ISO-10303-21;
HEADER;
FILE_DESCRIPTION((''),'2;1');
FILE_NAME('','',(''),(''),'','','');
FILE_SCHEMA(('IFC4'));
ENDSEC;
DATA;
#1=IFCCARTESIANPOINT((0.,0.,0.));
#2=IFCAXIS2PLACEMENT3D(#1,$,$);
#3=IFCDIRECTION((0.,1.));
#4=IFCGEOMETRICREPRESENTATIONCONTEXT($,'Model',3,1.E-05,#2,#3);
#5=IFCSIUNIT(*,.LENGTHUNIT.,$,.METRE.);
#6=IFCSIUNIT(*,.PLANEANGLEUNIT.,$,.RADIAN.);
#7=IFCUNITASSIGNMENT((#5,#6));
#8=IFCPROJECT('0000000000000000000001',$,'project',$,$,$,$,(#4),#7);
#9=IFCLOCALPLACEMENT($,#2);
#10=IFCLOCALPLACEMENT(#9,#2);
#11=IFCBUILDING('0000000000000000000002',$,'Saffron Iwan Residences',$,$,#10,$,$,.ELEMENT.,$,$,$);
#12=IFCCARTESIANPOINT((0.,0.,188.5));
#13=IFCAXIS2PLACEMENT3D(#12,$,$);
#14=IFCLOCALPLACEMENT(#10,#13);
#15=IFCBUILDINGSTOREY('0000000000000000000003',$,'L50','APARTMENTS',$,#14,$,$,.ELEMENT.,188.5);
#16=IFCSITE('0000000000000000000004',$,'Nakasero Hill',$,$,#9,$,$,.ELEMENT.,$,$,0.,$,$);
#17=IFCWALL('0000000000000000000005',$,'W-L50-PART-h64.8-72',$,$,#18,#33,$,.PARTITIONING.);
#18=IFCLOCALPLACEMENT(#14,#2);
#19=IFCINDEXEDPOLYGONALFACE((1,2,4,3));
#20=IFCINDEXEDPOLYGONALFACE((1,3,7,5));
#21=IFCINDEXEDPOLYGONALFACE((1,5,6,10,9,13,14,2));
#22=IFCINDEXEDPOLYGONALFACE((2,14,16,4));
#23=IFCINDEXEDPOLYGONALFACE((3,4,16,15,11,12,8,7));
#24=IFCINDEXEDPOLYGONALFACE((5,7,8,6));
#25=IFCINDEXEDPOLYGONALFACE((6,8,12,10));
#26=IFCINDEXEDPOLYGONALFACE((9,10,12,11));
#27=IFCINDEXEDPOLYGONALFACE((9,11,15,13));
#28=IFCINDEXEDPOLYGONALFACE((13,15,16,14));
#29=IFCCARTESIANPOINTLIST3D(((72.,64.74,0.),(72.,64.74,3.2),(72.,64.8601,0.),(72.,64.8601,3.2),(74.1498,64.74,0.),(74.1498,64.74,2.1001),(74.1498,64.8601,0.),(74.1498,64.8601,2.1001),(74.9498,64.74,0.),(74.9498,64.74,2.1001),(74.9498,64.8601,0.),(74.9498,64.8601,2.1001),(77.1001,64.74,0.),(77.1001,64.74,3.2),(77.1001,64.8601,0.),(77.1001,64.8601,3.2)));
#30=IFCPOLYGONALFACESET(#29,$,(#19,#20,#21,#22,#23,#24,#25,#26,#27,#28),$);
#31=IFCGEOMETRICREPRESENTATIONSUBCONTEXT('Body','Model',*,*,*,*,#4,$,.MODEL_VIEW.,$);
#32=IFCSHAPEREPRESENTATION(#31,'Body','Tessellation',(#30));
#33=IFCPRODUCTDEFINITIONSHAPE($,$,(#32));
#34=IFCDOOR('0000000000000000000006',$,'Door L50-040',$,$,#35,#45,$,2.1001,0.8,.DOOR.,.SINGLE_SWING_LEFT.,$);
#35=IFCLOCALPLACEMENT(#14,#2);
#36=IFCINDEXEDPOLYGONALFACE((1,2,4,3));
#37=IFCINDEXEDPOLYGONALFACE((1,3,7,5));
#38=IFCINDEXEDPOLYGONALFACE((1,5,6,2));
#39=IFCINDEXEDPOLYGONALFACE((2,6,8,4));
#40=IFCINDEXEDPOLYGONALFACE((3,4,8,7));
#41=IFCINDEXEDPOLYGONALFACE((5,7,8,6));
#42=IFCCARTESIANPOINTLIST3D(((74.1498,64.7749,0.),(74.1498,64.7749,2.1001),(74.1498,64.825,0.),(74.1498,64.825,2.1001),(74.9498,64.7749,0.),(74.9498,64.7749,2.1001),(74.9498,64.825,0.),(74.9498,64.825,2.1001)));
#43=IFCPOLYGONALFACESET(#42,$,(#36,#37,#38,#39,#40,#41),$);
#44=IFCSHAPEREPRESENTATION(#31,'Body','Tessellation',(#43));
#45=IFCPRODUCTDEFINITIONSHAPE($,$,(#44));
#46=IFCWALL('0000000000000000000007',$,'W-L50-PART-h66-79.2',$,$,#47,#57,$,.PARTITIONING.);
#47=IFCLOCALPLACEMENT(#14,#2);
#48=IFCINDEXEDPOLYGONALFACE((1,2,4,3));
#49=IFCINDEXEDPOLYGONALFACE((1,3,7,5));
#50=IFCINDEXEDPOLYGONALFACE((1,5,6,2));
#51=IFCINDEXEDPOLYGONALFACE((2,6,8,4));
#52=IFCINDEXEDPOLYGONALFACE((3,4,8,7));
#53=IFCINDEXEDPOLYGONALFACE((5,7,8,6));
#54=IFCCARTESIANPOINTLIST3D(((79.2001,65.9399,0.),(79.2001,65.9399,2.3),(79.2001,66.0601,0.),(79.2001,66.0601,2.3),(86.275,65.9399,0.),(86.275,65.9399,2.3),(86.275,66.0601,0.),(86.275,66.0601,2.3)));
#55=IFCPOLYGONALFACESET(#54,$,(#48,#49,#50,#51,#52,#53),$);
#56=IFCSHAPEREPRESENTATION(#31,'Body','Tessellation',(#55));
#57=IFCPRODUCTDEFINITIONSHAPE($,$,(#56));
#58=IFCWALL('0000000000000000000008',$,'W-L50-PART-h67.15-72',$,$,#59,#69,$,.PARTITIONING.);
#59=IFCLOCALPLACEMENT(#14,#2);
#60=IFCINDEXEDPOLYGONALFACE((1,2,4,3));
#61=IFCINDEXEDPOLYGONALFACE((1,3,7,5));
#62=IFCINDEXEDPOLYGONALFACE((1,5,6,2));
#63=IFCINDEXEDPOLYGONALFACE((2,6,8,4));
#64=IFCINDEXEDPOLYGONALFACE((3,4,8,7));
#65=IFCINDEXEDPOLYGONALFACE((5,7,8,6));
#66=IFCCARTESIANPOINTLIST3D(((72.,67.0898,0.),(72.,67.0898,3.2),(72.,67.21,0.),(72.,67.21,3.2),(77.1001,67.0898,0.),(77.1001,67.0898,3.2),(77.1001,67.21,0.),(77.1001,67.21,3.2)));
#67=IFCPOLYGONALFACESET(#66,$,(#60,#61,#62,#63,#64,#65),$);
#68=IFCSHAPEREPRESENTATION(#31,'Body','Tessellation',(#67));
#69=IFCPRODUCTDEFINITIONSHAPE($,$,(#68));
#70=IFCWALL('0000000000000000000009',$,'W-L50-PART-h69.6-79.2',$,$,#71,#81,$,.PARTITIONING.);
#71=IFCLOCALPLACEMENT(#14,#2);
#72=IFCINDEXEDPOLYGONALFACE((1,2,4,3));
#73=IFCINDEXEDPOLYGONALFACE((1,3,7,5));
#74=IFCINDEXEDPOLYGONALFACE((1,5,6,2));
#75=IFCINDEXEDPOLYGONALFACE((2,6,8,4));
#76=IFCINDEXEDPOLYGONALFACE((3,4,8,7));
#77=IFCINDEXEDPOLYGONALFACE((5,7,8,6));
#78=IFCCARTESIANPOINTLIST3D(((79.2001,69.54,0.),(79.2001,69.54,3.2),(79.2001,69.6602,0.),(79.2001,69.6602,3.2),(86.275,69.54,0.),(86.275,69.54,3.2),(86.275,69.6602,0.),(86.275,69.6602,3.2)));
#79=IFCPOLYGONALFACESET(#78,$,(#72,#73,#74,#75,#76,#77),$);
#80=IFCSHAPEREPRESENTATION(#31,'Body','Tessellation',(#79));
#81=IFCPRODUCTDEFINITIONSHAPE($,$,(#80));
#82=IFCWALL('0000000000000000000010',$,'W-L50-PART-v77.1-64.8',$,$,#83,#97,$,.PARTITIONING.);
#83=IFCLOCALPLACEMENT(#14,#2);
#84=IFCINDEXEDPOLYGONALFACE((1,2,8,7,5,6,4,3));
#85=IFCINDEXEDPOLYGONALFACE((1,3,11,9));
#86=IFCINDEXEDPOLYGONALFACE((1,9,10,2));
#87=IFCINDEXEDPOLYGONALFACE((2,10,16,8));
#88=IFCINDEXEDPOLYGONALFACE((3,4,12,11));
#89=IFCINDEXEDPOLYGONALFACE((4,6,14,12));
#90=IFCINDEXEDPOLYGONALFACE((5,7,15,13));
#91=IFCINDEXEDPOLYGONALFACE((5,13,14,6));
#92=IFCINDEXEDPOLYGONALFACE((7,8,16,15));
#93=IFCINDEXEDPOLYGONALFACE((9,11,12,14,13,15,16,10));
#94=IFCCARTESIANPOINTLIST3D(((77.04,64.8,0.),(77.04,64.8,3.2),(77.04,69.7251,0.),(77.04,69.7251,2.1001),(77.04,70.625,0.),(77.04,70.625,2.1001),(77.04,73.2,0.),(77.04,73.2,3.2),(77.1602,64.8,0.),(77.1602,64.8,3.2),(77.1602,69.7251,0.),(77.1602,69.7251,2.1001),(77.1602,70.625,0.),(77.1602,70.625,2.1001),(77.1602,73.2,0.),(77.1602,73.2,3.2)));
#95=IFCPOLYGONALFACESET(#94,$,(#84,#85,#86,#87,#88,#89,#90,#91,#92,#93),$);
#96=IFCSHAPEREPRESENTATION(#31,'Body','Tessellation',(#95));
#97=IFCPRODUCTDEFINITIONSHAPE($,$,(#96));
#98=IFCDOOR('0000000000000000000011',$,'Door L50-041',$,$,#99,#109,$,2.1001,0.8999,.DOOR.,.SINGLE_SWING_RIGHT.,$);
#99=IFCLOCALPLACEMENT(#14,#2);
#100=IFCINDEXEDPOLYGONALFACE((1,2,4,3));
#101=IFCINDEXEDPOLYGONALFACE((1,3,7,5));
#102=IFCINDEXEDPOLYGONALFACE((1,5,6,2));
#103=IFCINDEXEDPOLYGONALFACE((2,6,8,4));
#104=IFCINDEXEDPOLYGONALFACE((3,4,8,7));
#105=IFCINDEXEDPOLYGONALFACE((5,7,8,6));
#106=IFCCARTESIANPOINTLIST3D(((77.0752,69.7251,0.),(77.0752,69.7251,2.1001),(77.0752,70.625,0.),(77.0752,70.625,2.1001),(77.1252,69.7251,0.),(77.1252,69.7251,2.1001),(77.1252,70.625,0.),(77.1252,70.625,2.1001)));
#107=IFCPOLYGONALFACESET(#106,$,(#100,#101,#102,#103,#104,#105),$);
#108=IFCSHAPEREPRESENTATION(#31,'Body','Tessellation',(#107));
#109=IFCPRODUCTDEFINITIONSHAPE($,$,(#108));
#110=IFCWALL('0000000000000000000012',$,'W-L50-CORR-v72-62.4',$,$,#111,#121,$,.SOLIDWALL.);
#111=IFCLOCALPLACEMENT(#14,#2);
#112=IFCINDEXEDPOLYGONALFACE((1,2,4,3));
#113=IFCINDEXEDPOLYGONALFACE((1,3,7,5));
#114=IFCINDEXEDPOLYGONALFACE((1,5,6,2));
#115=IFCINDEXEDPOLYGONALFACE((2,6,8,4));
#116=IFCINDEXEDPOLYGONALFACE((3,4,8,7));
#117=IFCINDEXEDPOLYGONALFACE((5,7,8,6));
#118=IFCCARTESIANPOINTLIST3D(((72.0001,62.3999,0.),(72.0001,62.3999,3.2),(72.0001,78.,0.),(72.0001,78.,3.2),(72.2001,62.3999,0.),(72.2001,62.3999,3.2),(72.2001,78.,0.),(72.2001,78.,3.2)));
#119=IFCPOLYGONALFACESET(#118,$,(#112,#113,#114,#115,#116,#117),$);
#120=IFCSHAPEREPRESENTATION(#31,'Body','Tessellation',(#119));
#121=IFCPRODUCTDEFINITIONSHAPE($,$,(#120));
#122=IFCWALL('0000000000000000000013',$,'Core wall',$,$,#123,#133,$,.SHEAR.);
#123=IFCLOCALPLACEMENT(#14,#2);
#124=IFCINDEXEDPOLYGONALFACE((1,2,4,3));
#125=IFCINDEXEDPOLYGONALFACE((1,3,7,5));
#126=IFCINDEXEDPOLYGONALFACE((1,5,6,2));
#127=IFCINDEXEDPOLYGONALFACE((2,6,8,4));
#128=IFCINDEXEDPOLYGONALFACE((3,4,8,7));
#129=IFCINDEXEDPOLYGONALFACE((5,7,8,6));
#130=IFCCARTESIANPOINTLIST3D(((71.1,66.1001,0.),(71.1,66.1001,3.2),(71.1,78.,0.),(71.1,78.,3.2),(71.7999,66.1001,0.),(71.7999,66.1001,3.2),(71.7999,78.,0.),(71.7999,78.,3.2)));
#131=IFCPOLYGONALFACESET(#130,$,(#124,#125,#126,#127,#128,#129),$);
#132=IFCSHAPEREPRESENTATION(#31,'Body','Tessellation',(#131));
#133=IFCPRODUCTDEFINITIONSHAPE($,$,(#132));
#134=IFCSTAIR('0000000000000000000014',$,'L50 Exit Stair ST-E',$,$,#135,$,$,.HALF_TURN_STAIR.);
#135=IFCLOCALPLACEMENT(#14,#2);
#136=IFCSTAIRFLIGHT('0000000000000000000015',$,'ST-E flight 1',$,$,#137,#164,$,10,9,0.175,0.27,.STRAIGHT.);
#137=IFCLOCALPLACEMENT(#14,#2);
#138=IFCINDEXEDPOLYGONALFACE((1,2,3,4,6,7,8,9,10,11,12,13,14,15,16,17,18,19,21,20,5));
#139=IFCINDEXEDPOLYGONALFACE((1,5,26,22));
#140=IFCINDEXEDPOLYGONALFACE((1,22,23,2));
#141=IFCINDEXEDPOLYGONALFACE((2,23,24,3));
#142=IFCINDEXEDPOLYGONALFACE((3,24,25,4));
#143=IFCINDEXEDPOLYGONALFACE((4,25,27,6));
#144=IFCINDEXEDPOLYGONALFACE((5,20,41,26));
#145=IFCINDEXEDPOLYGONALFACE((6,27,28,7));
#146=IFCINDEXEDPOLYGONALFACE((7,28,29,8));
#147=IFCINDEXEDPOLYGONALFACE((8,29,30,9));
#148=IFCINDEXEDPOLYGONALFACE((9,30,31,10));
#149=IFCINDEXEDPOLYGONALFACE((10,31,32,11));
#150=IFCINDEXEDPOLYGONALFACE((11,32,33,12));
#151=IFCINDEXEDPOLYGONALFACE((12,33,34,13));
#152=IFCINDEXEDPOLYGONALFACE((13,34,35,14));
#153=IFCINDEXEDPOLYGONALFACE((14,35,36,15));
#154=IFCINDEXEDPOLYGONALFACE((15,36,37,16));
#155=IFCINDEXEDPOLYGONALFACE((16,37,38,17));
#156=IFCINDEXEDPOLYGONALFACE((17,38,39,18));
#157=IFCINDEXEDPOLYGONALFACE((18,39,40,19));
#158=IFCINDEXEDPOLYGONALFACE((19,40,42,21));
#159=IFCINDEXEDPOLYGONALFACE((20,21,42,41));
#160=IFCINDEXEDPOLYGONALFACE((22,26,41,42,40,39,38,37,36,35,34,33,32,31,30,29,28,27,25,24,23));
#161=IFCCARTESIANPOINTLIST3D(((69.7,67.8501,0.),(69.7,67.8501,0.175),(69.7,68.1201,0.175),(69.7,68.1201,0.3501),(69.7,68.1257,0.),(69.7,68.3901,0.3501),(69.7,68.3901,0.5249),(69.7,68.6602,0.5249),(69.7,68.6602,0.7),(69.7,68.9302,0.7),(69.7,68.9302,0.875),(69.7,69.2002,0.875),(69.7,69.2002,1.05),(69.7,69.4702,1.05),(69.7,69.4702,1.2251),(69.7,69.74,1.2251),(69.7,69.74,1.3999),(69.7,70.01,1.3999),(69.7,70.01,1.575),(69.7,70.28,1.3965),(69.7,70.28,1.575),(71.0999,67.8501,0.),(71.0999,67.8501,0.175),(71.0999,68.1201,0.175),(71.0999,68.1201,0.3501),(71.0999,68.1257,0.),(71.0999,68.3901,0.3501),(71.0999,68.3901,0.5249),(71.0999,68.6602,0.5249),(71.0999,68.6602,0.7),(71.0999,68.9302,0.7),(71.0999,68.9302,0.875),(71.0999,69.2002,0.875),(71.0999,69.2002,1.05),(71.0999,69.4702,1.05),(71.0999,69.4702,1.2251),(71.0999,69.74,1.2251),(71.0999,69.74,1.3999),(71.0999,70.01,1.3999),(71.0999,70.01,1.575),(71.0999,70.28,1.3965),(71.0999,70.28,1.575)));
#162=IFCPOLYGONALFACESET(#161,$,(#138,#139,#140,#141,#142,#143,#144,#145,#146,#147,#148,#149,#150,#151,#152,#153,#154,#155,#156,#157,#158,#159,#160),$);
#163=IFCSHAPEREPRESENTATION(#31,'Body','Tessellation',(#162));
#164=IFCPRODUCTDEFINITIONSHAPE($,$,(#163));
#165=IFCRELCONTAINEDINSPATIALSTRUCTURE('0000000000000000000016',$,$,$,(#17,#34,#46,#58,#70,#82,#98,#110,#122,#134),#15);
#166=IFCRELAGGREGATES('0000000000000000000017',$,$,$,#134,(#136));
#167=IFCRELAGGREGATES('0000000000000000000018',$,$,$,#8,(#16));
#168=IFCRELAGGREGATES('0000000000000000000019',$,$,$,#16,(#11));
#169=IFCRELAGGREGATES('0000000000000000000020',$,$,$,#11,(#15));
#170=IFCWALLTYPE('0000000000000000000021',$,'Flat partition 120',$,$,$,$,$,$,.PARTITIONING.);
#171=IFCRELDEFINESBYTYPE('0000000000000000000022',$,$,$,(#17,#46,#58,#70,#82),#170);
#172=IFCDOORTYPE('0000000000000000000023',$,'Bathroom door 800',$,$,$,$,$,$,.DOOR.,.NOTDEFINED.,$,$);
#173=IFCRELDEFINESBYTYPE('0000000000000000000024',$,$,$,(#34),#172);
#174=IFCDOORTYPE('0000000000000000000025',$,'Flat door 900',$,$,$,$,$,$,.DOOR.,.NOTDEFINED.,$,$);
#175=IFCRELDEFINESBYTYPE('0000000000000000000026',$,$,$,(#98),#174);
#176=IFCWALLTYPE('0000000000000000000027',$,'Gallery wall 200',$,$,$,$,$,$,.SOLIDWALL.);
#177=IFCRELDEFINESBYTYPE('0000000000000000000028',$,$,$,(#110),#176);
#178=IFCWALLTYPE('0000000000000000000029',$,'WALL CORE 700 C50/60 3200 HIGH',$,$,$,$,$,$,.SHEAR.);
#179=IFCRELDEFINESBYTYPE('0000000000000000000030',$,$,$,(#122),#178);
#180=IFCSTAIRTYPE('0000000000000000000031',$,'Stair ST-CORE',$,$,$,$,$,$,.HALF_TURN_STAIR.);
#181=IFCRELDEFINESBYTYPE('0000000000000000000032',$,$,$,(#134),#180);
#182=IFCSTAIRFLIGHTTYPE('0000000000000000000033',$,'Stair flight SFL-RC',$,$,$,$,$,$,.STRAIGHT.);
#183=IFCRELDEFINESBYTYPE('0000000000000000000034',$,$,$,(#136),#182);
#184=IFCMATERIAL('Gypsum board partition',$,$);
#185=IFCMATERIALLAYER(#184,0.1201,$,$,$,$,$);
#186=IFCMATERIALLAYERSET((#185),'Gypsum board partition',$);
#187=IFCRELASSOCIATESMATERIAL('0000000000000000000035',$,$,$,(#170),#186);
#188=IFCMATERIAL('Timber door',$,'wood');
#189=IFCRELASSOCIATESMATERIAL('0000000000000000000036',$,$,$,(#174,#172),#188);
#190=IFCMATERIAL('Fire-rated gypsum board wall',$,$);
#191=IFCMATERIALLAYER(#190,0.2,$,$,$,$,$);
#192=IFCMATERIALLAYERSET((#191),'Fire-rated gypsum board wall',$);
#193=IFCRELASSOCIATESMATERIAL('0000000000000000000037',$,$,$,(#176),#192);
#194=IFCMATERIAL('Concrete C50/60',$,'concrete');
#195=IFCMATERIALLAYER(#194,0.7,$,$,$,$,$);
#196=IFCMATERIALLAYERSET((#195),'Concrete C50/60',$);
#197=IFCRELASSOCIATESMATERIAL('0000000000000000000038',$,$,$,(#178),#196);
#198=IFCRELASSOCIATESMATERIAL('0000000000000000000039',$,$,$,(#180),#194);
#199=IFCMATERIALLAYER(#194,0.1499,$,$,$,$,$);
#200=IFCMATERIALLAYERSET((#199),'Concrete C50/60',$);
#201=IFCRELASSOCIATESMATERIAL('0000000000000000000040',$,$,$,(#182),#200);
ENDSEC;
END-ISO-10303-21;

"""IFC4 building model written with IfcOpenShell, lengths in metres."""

from ifc_helpers import new_model, si_unit, direction, frame, frame_2d, origin, place, context, subcontext, project, spatial, polyline, rectangle, outline, extrude, material, layer, layer_set, type_object, element, fill, aggregate, save


model = new_model("IFC4")

# Units and contexts
model_context = context("Model", 3, precision=1e-05, world=origin(), true_north=direction((0.0, 1.0)))
body_context = subcontext(model_context, "Body", "Model", "MODEL_VIEW")
ifc_project = project(units=[si_unit("LENGTHUNIT", "METRE"), si_unit("PLANEANGLEUNIT", "RADIAN")], contexts=[model_context])

# Site, building, storey
site_placement = place(None, origin())
site = spatial("IfcSite", under=ifc_project, at=site_placement, Name="Nakasero Hill", CompositionType="ELEMENT", RefElevation=0.0)
building_placement = place(site_placement, origin())
building = spatial("IfcBuilding", under=site, at=building_placement, Name="Saffron Iwan Residences", CompositionType="ELEMENT")
storey_placement = place(building_placement, frame((0.0, 0.0, 188.5)))
storey = spatial("IfcBuildingStorey", under=building, at=storey_placement, Name="L50", Description="APARTMENTS", CompositionType="ELEMENT", Elevation=188.5)

# Shared definitions
ifc_material_1 = material(Name="Concrete C50/60", Category="concrete")

# Shared definitions
ifc_material_2 = material(Name="Fire-rated gypsum board wall")

# Wall, opening, door
ifc_material_3 = material(Name="Gypsum board partition")
ifc_layer_1 = layer(ifc_material_3, 0.1201)
ifc_layer_set_1 = layer_set([ifc_layer_1], Name="Gypsum board partition")
wall_type_1 = type_object("IfcWallType", Name="Flat partition 120", PredefinedType="PARTITIONING", material=ifc_layer_set_1)
ifc_material_4 = material(Name="Timber door", Category="wood")
door_type_1 = type_object("IfcDoorType", Name="Flat door 900", OperationType="NOTDEFINED", PredefinedType="DOOR", material=ifc_material_4)
wall_1_placement = place(storey_placement, frame((72.0, 64.8, 0.0), z_axis=(0.0, 0.0, 1.0), x_axis=(1.0, 0.0, 0.0)))
wall_1 = element("IfcWall", 1, at=wall_1_placement, inside=storey, type_object=wall_type_1, Name="W-L50-PART-h64.8-72", PredefinedType="PARTITIONING", context=body_context, shape_type="SweptSolid", body=[
    extrude(rectangle(XDim=5.1001, YDim=0.1201, at=frame_2d((2.55, 0.0))), origin(), (0.0, 0.0, 1.0), 3.2),
])
opening_1_placement = place(wall_1_placement, frame((2.1499, 0.0, 0.0)))
opening_1 = element("IfcOpeningElement", 2, at=opening_1_placement, cuts=wall_1, PredefinedType="OPENING", context=body_context, shape_type="SweptSolid", body=[
    extrude(rectangle(XDim=0.8, YDim=2.1001, at=frame_2d((0.3999, 1.05))), frame((0.0, 0.0701, 0.0), z_axis=(0.0, -1.0, 0.0), x_axis=(1.0, 0.0, 0.0)), (0.0, 0.0, 1.0), 0.1401),
])
door_type_2 = type_object("IfcDoorType", Name="Bathroom door 800", OperationType="NOTDEFINED", PredefinedType="DOOR", material=ifc_material_4)
door_1_placement = place(opening_1_placement, origin())
door_1 = element("IfcDoor", 3, at=door_1_placement, inside=storey, type_object=door_type_2, Name="Door L50-040", OperationType="SINGLE_SWING_LEFT", OverallHeight=2.1001, OverallWidth=0.8, PredefinedType="DOOR", context=body_context, shape_type="SweptSolid", body=[
    extrude(rectangle(XDim=0.8, YDim=2.1001, at=frame_2d((0.3999, 1.05))), frame((0.0, 0.0249, 0.0), z_axis=(0.0, -1.0, 0.0), x_axis=(1.0, 0.0, 0.0)), (0.0, 0.0, 1.0), 0.05),
])
fill(opening_1, door_1)

# Walls
wall_2_placement = place(storey_placement, frame((79.2, 66.0, 0.0), z_axis=(0.0, 0.0, 1.0), x_axis=(1.0, 0.0, 0.0)))
element("IfcWall", 4, at=wall_2_placement, inside=storey, type_object=wall_type_1, Name="W-L50-PART-h66-79.2", PredefinedType="PARTITIONING", context=body_context, shape_type="SweptSolid", body=[
    extrude(rectangle(XDim=7.075, YDim=0.1201, at=frame_2d((3.5376, 0.0))), origin(), (0.0, 0.0, 1.0), 2.3),
])
wall_3_placement = place(storey_placement, frame((72.0, 67.1499, 0.0), z_axis=(0.0, 0.0, 1.0), x_axis=(1.0, 0.0, 0.0)))
element("IfcWall", 5, at=wall_3_placement, inside=storey, type_object=wall_type_1, Name="W-L50-PART-h67.15-72", PredefinedType="PARTITIONING", context=body_context, shape_type="SweptSolid", body=[
    extrude(rectangle(XDim=5.1001, YDim=0.1201, at=frame_2d((2.55, 0.0))), origin(), (0.0, 0.0, 1.0), 3.2),
])
wall_4_placement = place(storey_placement, frame((79.2, 69.6001, 0.0), z_axis=(0.0, 0.0, 1.0), x_axis=(1.0, 0.0, 0.0)))
element("IfcWall", 6, at=wall_4_placement, inside=storey, type_object=wall_type_1, Name="W-L50-PART-h69.6-79.2", PredefinedType="PARTITIONING", context=body_context, shape_type="SweptSolid", body=[
    extrude(rectangle(XDim=7.075, YDim=0.1201, at=frame_2d((3.5376, 0.0))), origin(), (0.0, 0.0, 1.0), 3.2),
])

# Wall, opening, door
wall_5_placement = place(storey_placement, frame((77.1001, 64.8, 0.0), z_axis=(0.0, 0.0, 1.0), x_axis=(0.0, 1.0, 0.0)))
wall_5 = element("IfcWall", 7, at=wall_5_placement, inside=storey, type_object=wall_type_1, Name="W-L50-PART-v77.1-64.8", PredefinedType="PARTITIONING", context=body_context, shape_type="SweptSolid", body=[
    extrude(rectangle(XDim=8.3999, YDim=0.1201, at=frame_2d((4.2, 0.0))), origin(), (0.0, 0.0, 1.0), 3.2),
])
opening_2_placement = place(wall_5_placement, frame((4.925, 0.0, 0.0)))
opening_2 = element("IfcOpeningElement", 8, at=opening_2_placement, cuts=wall_5, PredefinedType="OPENING", context=body_context, shape_type="SweptSolid", body=[
    extrude(rectangle(XDim=0.8999, YDim=2.1001, at=frame_2d((0.45, 1.05))), frame((0.0, 0.0701, 0.0), z_axis=(0.0, -1.0, 0.0), x_axis=(1.0, 0.0, 0.0)), (0.0, 0.0, 1.0), 0.1401),
])
door_2_placement = place(opening_2_placement, origin())
door_2 = element("IfcDoor", 9, at=door_2_placement, inside=storey, type_object=door_type_1, Name="Door L50-041", OperationType="SINGLE_SWING_RIGHT", OverallHeight=2.1001, OverallWidth=0.8999, PredefinedType="DOOR", context=body_context, shape_type="SweptSolid", body=[
    extrude(rectangle(XDim=0.8999, YDim=2.1001, at=frame_2d((0.45, 1.05))), frame((0.0, 0.0249, 0.0), z_axis=(0.0, -1.0, 0.0), x_axis=(1.0, 0.0, 0.0)), (0.0, 0.0, 1.0), 0.05),
])
fill(opening_2, door_2)

# Walls
ifc_layer_2 = layer(ifc_material_2, 0.2)
ifc_layer_set_2 = layer_set([ifc_layer_2], Name="Fire-rated gypsum board wall")
wall_type_2 = type_object("IfcWallType", Name="Gallery wall 200", PredefinedType="SOLIDWALL", material=ifc_layer_set_2)
wall_6_placement = place(storey_placement, frame((72.1001, 62.3999, 0.0), z_axis=(0.0, 0.0, 1.0), x_axis=(0.0, 1.0, 0.0)))
element("IfcWall", 10, at=wall_6_placement, inside=storey, type_object=wall_type_2, Name="W-L50-CORR-v72-62.4", PredefinedType="SOLIDWALL", context=body_context, shape_type="SweptSolid", body=[
    extrude(rectangle(XDim=15.6001, YDim=0.2, at=frame_2d((7.8, 0.0))), origin(), (0.0, 0.0, 1.0), 3.2),
])
ifc_layer_3 = layer(ifc_material_1, 0.7)
ifc_layer_set_3 = layer_set([ifc_layer_3], Name="Concrete C50/60")
wall_type_3 = type_object("IfcWallType", Name="WALL CORE 700 C50/60 3200 HIGH", PredefinedType="SHEAR", material=ifc_layer_set_3)
wall_7_placement = place(storey_placement, frame((71.45, 66.1001, 0.0), z_axis=(0.0, 0.0, 1.0), x_axis=(0.0, 1.0, 0.0)))
element("IfcWall", 11, at=wall_7_placement, inside=storey, type_object=wall_type_3, Name="Core wall", PredefinedType="SHEAR", context=body_context, shape_type="SweptSolid", body=[
    extrude(rectangle(XDim=11.8999, YDim=0.7, at=frame_2d((5.95, 0.0))), origin(), (0.0, 0.0, 1.0), 3.2),
])

# Stair, stair flight
stair_type = type_object("IfcStairType", Name="Stair ST-CORE", PredefinedType="HALF_TURN_STAIR", material=ifc_material_1)
stair_placement = place(storey_placement, origin())
stair = element("IfcStair", 12, at=stair_placement, inside=storey, type_object=stair_type, Name="L50 Exit Stair ST-E", PredefinedType="HALF_TURN_STAIR")
ifc_layer_4 = layer(ifc_material_1, 0.1499)
ifc_layer_set_4 = layer_set([ifc_layer_4], Name="Concrete C50/60")
stair_flight_type = type_object("IfcStairFlightType", Name="Stair flight SFL-RC", PredefinedType="STRAIGHT", material=ifc_layer_set_4)
stair_flight_placement = place(storey_placement, frame((70.3999, 67.8501, 0.0), z_axis=(0.0, 0.0, 1.0), x_axis=(0.0, 1.0, 0.0)))
stair_flight = element("IfcStairFlight", 13, at=stair_flight_placement, type_object=stair_flight_type, Name="ST-E flight 1", NumberOfRisers=10, NumberOfTreads=9, PredefinedType="STRAIGHT", RiserHeight=0.175, TreadLength=0.27, context=body_context, shape_type="SweptSolid", body=[
    extrude(outline(polyline([(0.0, 0.0), (0.0, 0.175), (0.27, 0.175), (0.27, 0.3501), (0.54, 0.3501), (0.54, 0.5249), (0.8101, 0.5249), (0.8101, 0.7), (1.0801, 0.7), (1.0801, 0.875), (1.3501, 0.875), (1.3501, 1.05), (1.6201, 1.05), (1.6201, 1.2251), (1.8899, 1.2251), (1.8899, 1.3999), (2.1599, 1.3999), (2.1599, 1.575), (2.4299, 1.575), (2.4299, 1.75), (2.4299, 1.3965), (0.2756, 0.0), (0.0, 0.0)])), frame((0.0, 0.7, 0.0), z_axis=(0.0, -1.0, 0.0), x_axis=(1.0, 0.0, 0.0)), (0.0, 0.0, 1.0), 1.3999),
])
aggregate(stair, [stair_flight])

save(model, "model.ifc")
